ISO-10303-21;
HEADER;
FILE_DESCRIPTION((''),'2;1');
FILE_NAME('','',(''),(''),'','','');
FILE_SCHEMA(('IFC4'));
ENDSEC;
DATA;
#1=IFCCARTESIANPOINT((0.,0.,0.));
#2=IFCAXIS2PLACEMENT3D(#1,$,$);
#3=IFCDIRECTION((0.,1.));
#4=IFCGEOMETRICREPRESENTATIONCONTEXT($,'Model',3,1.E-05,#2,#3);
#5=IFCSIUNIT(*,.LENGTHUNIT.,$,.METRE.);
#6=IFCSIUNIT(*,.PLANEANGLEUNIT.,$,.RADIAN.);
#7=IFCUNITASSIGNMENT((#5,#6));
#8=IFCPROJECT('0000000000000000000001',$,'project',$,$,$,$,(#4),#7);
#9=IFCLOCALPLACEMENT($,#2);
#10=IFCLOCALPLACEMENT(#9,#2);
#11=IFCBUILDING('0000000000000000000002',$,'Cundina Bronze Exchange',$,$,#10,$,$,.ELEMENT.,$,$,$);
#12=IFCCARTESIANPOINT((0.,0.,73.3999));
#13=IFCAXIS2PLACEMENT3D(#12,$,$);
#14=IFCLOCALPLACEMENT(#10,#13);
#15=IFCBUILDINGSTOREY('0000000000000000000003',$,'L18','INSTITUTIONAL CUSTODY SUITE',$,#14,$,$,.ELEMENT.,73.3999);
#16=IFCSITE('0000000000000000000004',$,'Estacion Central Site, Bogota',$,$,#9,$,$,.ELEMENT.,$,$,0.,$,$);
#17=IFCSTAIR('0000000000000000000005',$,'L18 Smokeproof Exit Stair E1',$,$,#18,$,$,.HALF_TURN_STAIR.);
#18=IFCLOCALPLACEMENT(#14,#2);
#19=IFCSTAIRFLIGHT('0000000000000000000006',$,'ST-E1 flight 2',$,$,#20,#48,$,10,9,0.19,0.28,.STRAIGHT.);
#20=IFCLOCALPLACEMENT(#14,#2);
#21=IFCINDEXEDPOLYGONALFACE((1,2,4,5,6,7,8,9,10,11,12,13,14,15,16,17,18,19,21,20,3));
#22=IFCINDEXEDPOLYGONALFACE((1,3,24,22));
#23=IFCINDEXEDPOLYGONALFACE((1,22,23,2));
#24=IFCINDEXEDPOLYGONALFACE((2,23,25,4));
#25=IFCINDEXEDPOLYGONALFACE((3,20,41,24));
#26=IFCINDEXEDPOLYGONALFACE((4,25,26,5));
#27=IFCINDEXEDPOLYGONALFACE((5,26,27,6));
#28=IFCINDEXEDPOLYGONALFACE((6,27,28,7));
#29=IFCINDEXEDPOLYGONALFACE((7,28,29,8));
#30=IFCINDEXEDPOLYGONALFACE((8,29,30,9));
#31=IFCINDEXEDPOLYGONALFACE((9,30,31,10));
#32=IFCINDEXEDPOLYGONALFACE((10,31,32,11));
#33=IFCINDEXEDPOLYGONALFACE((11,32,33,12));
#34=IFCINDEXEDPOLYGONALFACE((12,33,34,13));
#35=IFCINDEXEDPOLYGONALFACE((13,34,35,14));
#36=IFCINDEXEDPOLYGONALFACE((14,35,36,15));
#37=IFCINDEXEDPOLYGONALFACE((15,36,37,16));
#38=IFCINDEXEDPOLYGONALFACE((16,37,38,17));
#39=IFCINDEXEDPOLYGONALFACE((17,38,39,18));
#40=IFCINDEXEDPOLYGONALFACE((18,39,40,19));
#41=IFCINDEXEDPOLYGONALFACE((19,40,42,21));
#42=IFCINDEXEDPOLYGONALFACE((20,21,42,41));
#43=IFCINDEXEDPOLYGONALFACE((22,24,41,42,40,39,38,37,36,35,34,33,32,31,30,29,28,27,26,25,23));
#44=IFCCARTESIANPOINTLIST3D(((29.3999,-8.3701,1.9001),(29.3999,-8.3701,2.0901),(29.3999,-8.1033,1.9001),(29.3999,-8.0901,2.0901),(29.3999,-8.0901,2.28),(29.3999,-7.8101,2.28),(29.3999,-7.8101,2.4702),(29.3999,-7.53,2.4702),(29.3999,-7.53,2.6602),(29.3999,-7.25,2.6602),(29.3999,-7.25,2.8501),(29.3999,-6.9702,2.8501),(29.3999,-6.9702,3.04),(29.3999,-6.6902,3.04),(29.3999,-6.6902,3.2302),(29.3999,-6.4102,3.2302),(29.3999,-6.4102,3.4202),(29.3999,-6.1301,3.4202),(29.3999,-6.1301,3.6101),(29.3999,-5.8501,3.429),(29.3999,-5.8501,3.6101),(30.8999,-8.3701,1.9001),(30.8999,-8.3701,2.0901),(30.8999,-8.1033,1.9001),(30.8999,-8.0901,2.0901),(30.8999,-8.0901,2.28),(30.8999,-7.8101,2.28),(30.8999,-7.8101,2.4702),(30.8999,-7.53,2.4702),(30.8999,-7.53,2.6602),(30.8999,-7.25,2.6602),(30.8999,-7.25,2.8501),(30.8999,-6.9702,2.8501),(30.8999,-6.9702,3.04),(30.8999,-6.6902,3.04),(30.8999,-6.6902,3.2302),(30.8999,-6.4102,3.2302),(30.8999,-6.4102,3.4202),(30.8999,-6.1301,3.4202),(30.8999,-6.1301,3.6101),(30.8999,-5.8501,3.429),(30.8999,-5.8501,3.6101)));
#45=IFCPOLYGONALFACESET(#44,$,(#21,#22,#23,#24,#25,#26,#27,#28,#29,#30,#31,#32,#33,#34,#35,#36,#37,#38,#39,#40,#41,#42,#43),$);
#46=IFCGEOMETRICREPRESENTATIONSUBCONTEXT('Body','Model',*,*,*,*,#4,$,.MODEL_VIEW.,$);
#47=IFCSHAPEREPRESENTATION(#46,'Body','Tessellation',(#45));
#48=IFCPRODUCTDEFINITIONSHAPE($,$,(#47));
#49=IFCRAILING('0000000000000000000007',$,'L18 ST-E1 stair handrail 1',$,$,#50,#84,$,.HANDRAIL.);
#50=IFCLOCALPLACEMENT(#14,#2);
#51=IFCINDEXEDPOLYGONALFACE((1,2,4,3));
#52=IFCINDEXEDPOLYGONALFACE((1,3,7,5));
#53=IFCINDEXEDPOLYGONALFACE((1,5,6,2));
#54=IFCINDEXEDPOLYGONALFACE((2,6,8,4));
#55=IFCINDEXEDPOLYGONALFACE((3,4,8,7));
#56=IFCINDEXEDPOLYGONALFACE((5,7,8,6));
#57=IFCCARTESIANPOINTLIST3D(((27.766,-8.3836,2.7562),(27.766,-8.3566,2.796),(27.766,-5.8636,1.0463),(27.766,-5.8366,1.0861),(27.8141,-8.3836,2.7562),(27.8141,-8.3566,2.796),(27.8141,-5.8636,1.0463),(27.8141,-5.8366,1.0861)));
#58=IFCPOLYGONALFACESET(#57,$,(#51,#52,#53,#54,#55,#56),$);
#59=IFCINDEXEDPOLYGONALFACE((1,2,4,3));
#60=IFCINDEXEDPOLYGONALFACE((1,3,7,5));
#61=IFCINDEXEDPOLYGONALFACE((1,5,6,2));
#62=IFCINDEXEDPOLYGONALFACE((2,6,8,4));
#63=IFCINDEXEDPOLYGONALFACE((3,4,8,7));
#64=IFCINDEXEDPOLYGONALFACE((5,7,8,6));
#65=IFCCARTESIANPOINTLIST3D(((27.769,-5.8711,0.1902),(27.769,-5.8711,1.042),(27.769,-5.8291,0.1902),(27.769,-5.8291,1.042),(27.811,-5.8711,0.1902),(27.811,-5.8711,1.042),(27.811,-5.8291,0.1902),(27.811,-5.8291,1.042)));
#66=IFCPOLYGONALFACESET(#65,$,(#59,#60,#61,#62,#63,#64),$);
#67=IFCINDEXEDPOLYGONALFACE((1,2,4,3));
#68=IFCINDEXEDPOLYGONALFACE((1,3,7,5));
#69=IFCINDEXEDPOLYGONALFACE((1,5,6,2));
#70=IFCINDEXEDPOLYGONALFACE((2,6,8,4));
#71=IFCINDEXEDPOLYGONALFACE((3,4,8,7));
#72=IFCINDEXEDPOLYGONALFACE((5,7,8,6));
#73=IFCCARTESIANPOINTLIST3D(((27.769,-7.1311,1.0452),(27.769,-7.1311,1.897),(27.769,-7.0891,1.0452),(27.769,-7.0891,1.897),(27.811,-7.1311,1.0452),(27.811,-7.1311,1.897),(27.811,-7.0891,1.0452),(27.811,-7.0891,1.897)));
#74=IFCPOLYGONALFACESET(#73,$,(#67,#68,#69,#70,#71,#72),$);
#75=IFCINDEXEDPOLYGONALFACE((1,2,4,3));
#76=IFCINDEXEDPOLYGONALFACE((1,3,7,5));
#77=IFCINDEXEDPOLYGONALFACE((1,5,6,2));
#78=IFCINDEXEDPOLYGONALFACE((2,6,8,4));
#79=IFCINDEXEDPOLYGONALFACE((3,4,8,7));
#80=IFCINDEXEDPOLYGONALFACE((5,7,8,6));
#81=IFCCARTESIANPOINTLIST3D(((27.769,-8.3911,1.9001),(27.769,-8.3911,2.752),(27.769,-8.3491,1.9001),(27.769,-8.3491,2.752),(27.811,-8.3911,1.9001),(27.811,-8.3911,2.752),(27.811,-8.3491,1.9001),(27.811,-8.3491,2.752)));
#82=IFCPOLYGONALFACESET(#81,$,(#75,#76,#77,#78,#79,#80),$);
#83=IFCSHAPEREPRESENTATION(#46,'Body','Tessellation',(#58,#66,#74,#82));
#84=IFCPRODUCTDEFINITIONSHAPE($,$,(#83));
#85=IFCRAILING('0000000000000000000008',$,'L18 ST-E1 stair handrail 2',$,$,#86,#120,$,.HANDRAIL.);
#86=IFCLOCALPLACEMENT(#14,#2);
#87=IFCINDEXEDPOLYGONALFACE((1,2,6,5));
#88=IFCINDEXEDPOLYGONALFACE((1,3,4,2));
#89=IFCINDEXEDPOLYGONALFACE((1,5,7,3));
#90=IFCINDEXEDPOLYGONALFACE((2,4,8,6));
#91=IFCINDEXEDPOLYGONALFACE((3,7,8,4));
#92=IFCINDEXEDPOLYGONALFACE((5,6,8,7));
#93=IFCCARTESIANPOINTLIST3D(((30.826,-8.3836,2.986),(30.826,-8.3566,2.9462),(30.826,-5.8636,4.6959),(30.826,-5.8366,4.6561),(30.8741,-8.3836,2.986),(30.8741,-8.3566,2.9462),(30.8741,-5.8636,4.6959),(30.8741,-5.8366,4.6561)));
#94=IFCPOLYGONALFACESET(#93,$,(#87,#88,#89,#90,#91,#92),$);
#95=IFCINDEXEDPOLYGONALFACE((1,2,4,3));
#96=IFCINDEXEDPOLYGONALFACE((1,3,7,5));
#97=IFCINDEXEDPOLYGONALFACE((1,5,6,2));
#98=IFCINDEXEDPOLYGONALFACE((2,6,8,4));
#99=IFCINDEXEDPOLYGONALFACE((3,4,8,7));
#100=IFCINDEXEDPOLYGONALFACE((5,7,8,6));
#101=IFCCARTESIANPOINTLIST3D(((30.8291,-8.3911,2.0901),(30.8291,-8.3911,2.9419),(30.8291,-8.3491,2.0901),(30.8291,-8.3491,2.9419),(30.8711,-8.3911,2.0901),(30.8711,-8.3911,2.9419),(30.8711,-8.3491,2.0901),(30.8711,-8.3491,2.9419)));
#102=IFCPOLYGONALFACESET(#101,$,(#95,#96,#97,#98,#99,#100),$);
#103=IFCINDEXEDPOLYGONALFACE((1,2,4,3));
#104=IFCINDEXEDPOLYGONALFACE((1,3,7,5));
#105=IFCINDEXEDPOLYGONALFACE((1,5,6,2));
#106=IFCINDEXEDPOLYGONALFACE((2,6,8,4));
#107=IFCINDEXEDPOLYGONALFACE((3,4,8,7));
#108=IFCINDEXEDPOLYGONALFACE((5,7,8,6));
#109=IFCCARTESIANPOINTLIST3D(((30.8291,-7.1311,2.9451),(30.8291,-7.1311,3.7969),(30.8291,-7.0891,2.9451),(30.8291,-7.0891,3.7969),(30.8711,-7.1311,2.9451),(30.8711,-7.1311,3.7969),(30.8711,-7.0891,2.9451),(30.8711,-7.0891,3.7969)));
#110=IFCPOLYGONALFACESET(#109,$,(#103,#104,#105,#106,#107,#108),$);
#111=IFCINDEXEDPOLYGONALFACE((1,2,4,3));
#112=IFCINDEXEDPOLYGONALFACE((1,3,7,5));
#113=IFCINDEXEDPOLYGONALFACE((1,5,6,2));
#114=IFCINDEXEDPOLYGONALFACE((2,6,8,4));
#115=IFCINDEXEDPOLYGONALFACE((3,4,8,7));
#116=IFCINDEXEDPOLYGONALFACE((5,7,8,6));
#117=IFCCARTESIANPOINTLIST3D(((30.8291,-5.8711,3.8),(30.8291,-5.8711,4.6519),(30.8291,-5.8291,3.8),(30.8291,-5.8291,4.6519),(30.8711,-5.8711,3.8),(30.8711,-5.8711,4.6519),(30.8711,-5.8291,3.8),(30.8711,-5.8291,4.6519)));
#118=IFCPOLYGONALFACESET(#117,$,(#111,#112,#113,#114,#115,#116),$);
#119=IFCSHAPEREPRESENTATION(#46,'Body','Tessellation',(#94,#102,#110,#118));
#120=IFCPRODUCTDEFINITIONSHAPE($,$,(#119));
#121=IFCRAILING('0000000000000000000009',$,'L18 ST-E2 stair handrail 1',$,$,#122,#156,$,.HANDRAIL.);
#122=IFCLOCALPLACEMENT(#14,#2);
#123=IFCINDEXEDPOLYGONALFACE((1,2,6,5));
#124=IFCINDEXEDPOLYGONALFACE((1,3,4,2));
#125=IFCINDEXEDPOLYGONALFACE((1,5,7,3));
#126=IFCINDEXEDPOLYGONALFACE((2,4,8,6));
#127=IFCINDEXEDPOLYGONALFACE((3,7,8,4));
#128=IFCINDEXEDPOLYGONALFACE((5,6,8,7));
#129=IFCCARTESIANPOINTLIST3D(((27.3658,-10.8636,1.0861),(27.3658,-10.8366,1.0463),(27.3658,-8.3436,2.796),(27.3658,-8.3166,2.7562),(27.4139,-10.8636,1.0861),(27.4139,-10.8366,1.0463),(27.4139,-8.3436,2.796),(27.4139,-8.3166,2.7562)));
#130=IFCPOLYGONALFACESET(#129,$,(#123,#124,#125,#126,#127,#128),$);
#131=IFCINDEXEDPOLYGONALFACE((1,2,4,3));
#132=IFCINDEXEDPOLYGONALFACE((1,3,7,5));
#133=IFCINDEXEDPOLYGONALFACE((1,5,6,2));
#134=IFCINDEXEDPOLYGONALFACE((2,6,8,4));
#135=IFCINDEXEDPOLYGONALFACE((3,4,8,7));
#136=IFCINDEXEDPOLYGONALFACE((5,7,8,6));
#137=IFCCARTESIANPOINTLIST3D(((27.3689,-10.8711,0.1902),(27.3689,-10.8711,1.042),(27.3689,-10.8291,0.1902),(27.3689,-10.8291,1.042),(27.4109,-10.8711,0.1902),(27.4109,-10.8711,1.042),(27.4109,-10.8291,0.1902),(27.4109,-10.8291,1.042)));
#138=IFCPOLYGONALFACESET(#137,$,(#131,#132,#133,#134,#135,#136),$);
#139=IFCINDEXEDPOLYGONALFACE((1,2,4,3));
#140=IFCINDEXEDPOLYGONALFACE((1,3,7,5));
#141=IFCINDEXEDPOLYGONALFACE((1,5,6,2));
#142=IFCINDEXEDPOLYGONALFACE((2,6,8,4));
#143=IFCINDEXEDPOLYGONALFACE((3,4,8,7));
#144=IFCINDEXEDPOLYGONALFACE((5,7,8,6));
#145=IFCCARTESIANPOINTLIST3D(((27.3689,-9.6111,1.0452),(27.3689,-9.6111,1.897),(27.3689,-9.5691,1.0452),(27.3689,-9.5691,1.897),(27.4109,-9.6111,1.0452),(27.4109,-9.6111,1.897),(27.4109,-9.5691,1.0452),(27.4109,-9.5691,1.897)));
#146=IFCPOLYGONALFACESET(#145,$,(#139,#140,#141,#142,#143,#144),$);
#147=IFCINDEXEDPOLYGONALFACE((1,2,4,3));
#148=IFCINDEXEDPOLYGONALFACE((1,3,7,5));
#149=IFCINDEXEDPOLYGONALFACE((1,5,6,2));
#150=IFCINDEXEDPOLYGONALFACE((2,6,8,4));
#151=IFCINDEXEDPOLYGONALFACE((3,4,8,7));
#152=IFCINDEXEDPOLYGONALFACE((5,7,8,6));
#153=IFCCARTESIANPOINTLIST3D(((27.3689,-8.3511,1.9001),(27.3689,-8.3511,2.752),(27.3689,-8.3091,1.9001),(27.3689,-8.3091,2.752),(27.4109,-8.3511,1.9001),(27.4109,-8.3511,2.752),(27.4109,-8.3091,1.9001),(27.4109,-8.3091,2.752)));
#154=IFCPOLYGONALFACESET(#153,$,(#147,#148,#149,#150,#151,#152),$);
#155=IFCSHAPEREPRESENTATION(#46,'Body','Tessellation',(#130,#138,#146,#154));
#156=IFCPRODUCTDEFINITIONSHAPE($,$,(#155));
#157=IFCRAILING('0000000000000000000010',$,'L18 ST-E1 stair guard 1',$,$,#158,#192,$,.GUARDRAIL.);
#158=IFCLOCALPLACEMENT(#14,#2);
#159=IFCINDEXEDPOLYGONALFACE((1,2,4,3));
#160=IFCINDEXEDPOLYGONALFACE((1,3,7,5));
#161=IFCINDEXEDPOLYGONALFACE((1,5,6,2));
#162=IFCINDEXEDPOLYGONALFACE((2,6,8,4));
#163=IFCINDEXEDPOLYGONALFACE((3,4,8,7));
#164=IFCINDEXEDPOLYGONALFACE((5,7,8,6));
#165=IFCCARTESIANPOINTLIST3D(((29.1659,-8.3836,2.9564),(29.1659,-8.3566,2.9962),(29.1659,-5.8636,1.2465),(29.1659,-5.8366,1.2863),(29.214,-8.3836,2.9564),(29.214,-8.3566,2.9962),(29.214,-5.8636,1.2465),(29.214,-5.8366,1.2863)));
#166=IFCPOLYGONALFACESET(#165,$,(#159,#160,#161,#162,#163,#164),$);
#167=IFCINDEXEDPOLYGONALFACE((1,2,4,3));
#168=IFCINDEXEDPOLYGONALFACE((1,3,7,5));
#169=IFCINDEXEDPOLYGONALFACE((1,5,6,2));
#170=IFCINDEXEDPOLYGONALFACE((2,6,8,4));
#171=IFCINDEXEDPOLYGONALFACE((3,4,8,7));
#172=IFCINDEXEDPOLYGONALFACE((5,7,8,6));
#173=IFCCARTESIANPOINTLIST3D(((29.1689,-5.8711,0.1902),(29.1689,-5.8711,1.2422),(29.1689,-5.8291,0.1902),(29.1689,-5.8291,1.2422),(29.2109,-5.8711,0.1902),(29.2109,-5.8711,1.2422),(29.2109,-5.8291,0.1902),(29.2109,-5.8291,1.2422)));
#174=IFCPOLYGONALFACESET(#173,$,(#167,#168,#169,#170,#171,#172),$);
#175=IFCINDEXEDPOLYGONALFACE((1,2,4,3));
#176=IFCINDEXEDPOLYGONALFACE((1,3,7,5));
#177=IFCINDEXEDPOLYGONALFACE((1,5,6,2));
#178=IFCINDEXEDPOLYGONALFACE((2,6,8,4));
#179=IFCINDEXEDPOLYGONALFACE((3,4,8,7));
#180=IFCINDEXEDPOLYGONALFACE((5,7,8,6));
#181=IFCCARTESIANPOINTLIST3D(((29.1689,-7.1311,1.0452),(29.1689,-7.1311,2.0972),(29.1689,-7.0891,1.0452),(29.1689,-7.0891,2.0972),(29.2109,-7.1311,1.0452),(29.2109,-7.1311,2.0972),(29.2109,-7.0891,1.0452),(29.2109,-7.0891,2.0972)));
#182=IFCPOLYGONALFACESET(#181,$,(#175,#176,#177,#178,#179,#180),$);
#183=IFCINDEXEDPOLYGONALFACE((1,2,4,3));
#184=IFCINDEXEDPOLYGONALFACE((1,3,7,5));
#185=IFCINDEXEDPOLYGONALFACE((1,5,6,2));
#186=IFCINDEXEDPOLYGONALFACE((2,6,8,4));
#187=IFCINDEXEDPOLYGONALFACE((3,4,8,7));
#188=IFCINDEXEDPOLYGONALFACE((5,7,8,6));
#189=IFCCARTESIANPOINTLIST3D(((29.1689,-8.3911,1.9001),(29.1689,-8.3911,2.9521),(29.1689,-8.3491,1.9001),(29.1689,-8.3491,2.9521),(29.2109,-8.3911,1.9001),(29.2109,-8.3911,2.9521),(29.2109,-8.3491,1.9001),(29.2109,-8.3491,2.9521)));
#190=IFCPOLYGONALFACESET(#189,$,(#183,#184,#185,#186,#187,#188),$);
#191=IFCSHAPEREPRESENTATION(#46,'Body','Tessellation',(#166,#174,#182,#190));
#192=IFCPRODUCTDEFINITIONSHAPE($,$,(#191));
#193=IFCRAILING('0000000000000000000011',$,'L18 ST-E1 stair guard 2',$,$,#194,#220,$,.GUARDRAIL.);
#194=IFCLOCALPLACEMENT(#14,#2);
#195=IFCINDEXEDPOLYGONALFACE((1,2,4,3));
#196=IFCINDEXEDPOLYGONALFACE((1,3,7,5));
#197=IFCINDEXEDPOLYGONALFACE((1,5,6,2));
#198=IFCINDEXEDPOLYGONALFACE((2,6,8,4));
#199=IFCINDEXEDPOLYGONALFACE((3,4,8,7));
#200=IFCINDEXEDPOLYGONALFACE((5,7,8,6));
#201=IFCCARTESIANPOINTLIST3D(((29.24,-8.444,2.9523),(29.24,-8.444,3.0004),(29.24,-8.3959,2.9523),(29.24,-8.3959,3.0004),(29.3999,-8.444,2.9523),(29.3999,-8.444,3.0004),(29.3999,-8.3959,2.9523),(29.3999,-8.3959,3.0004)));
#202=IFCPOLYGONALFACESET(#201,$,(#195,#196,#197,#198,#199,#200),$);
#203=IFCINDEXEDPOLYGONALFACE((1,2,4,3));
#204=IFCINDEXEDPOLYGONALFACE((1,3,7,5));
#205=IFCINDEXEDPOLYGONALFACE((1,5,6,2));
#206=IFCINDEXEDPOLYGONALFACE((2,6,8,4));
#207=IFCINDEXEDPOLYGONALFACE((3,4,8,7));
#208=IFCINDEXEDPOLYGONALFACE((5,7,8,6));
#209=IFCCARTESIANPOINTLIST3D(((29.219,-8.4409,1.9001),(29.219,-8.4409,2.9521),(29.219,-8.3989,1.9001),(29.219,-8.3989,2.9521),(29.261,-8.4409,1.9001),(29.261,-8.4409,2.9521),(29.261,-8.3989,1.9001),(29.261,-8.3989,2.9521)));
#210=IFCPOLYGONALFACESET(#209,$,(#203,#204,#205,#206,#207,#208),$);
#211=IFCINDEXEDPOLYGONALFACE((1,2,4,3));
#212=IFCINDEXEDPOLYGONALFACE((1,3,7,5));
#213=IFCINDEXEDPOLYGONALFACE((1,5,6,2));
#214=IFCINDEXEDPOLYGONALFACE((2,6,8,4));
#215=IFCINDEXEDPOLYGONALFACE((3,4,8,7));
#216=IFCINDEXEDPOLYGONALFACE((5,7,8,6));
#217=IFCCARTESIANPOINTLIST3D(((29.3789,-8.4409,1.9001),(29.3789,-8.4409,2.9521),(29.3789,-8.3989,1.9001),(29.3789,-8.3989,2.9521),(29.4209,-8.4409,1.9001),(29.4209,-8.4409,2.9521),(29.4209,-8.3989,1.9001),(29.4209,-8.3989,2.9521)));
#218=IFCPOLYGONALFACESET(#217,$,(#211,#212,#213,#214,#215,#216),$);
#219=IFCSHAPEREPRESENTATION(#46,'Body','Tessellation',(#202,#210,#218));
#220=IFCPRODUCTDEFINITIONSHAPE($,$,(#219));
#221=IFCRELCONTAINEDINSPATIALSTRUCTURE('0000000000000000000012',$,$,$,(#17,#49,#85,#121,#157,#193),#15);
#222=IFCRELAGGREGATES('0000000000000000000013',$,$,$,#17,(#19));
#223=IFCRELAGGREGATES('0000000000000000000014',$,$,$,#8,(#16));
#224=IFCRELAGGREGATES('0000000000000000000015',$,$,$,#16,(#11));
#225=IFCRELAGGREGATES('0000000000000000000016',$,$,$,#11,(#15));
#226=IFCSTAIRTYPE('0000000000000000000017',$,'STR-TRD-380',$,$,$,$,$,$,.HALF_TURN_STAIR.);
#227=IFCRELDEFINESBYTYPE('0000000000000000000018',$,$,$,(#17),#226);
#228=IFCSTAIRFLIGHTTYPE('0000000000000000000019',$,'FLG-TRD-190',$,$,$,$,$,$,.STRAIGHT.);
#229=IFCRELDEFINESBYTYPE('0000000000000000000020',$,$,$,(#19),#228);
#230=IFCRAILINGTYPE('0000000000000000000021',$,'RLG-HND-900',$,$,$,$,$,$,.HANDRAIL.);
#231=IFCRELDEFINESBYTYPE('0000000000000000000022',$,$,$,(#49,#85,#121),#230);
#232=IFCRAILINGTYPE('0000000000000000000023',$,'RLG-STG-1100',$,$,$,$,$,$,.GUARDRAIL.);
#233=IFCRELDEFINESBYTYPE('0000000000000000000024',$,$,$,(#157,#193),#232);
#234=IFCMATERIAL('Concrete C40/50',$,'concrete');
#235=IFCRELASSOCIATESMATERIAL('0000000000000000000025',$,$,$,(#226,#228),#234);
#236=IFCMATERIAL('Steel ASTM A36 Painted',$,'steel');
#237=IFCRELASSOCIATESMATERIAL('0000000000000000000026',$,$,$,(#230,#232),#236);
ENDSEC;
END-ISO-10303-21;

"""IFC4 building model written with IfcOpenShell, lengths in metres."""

from ifc_helpers import new_model, si_unit, direction, frame, origin, origin_2d, place, context, subcontext, project, spatial, polyline, rectangle, outline, extrude, material, type_object, element, aggregate, save


model = new_model("IFC4")

# Units and contexts
model_context = context("Model", 3, precision=1e-05, world=origin(), true_north=direction((0.0, 1.0)))
body_context = subcontext(model_context, "Body", "Model", "MODEL_VIEW")
ifc_project = project(units=[si_unit("LENGTHUNIT", "METRE"), si_unit("PLANEANGLEUNIT", "RADIAN")], contexts=[model_context])

# Site, building, storey
site_placement = place(None, origin())
site = spatial("IfcSite", under=ifc_project, at=site_placement, Name="Estacion Central Site, Bogota", CompositionType="ELEMENT", RefElevation=0.0)
building_placement = place(site_placement, origin())
building = spatial("IfcBuilding", under=site, at=building_placement, Name="Cundina Bronze Exchange", CompositionType="ELEMENT")
storey_placement = place(building_placement, frame((0.0, 0.0, 73.3999)))
storey = spatial("IfcBuildingStorey", under=building, at=storey_placement, Name="L18", Description="INSTITUTIONAL CUSTODY SUITE", CompositionType="ELEMENT", Elevation=73.3999)

# Stair, stair flight
ifc_material_1 = material(Name="Concrete C40/50", Category="concrete")
stair_type = type_object("IfcStairType", Name="STR-TRD-380", PredefinedType="HALF_TURN_STAIR", material=ifc_material_1)
stair_placement = place(storey_placement, origin())
stair = element("IfcStair", 1, at=stair_placement, inside=storey, type_object=stair_type, Name="L18 Smokeproof Exit Stair E1", PredefinedType="HALF_TURN_STAIR")
stair_flight_type = type_object("IfcStairFlightType", Name="FLG-TRD-190", PredefinedType="STRAIGHT", material=ifc_material_1)
stair_flight_1_placement = place(storey_placement, frame((30.1499, -8.3701, 1.9001), z_axis=(0.0, 0.0, 1.0), x_axis=(0.0, 1.0, 0.0)))
stair_flight_1 = element("IfcStairFlight", 2, at=stair_flight_1_placement, type_object=stair_flight_type, Name="ST-E1 flight 2", NumberOfRisers=10, NumberOfTreads=9, PredefinedType="STRAIGHT", RiserHeight=0.19, TreadLength=0.28, context=body_context, shape_type="SweptSolid", body=[
    extrude(outline(polyline([(0.0, 0.0), (0.0, 0.1899), (0.28, 0.1899), (0.28, 0.3799), (0.5601, 0.3799), (0.5601, 0.5701), (0.8401, 0.5701), (0.8401, 0.76), (1.1201, 0.76), (1.1201, 0.95), (1.3999, 0.95), (1.3999, 1.1399), (1.6799, 1.1399), (1.6799, 1.3301), (1.96, 1.3301), (1.96, 1.52), (2.24, 1.52), (2.24, 1.71), (2.52, 1.71), (2.52, 1.8999), (2.52, 1.5288), (0.2668, 0.0), (0.0, 0.0)])), frame((0.0, 0.75, 0.0), z_axis=(0.0, -1.0, 0.0), x_axis=(1.0, 0.0, 0.0)), (0.0, 0.0, 1.0), 1.5),
])
aggregate(stair, [stair_flight_1])

# Railings
ifc_material_2 = material(Name="Steel ASTM A36 Painted", Category="steel")
railing_type_1 = type_object("IfcRailingType", Name="RLG-HND-900", PredefinedType="HANDRAIL", material=ifc_material_2)
railing_1_placement = place(storey_placement, frame((27.79, -5.8501, 0.1902)))
element("IfcRailing", 3, at=railing_1_placement, inside=storey, type_object=railing_type_1, Name="L18 ST-E1 stair handrail 1", PredefinedType="HANDRAIL", context=body_context, shape_type="SweptSolid", body=[
    extrude(rectangle(XDim=0.0481, YDim=0.0481, at=origin_2d()), frame((0.0, 0.0, 0.876), z_axis=(0.0, -0.827484, 0.56149), x_axis=(1.0, 0.0, 0.0)), (0.0, 0.0, 1.0), 3.0454),
    extrude(rectangle(XDim=0.042, YDim=0.042, at=origin_2d()), origin(), (0.0, 0.0, 1.0), 0.8518),
    extrude(rectangle(XDim=0.042, YDim=0.042, at=origin_2d()), frame((0.0, -1.26, 0.855)), (0.0, 0.0, 1.0), 0.8518),
    extrude(rectangle(XDim=0.042, YDim=0.042, at=origin_2d()), frame((0.0, -2.52, 1.71)), (0.0, 0.0, 1.0), 0.8518),
])
for number, where, name in (
    (4, (30.8501, -8.3701, 2.0901), "L18 ST-E1 stair handrail 2"),
    (5, (27.3899, -10.8501, 0.1902), "L18 ST-E2 stair handrail 1"),
):
    element("IfcRailing", number, at=place(storey_placement, frame(where)), inside=storey, type_object=railing_type_1, Name=name, PredefinedType="HANDRAIL", context=body_context, shape_type="SweptSolid", body=[
        extrude(rectangle(XDim=0.0481, YDim=0.0481, at=origin_2d()), frame((0.0, 0.0, 0.876), z_axis=(0.0, 0.827484, 0.56149), x_axis=(-1.0, 0.0, 0.0)), (0.0, 0.0, 1.0), 3.0454),
        extrude(rectangle(XDim=0.042, YDim=0.042, at=origin_2d()), origin(), (0.0, 0.0, 1.0), 0.8518),
        extrude(rectangle(XDim=0.042, YDim=0.042, at=origin_2d()), frame((0.0, 1.26, 0.855)), (0.0, 0.0, 1.0), 0.8518),
        extrude(rectangle(XDim=0.042, YDim=0.042, at=origin_2d()), frame((0.0, 2.52, 1.71)), (0.0, 0.0, 1.0), 0.8518),
    ])
railing_type_2 = type_object("IfcRailingType", Name="RLG-STG-1100", PredefinedType="GUARDRAIL", material=ifc_material_2)
railing_2_placement = place(storey_placement, frame((29.1899, -5.8501, 0.1902)))
element("IfcRailing", 6, at=railing_2_placement, inside=storey, type_object=railing_type_2, Name="L18 ST-E1 stair guard 1", PredefinedType="GUARDRAIL", context=body_context, shape_type="SweptSolid", body=[
    extrude(rectangle(XDim=0.0481, YDim=0.0481, at=origin_2d()), frame((0.0, 0.0, 1.0762), z_axis=(0.0, -0.827484, 0.56149), x_axis=(1.0, 0.0, 0.0)), (0.0, 0.0, 1.0), 3.0454),
    extrude(rectangle(XDim=0.042, YDim=0.042, at=origin_2d()), origin(), (0.0, 0.0, 1.0), 1.052),
    extrude(rectangle(XDim=0.042, YDim=0.042, at=origin_2d()), frame((0.0, -1.26, 0.855)), (0.0, 0.0, 1.0), 1.052),
    extrude(rectangle(XDim=0.042, YDim=0.042, at=origin_2d()), frame((0.0, -2.52, 1.71)), (0.0, 0.0, 1.0), 1.052),
])
railing_3_placement = place(storey_placement, frame((29.24, -8.4199, 1.9001)))
element("IfcRailing", 7, at=railing_3_placement, inside=storey, type_object=railing_type_2, Name="L18 ST-E1 stair guard 2", PredefinedType="GUARDRAIL", context=body_context, shape_type="SweptSolid", body=[
    extrude(rectangle(XDim=0.0481, YDim=0.0481, at=origin_2d()), frame((0.0, 0.0, 1.0762), z_axis=(1.0, 0.0, 0.0), x_axis=(0.0, 1.0, 0.0)), (0.0, 0.0, 1.0), 0.1599),
    extrude(rectangle(XDim=0.042, YDim=0.042, at=origin_2d()), origin(), (0.0, 0.0, 1.0), 1.052),
    extrude(rectangle(XDim=0.042, YDim=0.042, at=origin_2d()), frame((0.1599, 0.0, 0.0)), (0.0, 0.0, 1.0), 1.052),
])

save(model, "model.ifc")
